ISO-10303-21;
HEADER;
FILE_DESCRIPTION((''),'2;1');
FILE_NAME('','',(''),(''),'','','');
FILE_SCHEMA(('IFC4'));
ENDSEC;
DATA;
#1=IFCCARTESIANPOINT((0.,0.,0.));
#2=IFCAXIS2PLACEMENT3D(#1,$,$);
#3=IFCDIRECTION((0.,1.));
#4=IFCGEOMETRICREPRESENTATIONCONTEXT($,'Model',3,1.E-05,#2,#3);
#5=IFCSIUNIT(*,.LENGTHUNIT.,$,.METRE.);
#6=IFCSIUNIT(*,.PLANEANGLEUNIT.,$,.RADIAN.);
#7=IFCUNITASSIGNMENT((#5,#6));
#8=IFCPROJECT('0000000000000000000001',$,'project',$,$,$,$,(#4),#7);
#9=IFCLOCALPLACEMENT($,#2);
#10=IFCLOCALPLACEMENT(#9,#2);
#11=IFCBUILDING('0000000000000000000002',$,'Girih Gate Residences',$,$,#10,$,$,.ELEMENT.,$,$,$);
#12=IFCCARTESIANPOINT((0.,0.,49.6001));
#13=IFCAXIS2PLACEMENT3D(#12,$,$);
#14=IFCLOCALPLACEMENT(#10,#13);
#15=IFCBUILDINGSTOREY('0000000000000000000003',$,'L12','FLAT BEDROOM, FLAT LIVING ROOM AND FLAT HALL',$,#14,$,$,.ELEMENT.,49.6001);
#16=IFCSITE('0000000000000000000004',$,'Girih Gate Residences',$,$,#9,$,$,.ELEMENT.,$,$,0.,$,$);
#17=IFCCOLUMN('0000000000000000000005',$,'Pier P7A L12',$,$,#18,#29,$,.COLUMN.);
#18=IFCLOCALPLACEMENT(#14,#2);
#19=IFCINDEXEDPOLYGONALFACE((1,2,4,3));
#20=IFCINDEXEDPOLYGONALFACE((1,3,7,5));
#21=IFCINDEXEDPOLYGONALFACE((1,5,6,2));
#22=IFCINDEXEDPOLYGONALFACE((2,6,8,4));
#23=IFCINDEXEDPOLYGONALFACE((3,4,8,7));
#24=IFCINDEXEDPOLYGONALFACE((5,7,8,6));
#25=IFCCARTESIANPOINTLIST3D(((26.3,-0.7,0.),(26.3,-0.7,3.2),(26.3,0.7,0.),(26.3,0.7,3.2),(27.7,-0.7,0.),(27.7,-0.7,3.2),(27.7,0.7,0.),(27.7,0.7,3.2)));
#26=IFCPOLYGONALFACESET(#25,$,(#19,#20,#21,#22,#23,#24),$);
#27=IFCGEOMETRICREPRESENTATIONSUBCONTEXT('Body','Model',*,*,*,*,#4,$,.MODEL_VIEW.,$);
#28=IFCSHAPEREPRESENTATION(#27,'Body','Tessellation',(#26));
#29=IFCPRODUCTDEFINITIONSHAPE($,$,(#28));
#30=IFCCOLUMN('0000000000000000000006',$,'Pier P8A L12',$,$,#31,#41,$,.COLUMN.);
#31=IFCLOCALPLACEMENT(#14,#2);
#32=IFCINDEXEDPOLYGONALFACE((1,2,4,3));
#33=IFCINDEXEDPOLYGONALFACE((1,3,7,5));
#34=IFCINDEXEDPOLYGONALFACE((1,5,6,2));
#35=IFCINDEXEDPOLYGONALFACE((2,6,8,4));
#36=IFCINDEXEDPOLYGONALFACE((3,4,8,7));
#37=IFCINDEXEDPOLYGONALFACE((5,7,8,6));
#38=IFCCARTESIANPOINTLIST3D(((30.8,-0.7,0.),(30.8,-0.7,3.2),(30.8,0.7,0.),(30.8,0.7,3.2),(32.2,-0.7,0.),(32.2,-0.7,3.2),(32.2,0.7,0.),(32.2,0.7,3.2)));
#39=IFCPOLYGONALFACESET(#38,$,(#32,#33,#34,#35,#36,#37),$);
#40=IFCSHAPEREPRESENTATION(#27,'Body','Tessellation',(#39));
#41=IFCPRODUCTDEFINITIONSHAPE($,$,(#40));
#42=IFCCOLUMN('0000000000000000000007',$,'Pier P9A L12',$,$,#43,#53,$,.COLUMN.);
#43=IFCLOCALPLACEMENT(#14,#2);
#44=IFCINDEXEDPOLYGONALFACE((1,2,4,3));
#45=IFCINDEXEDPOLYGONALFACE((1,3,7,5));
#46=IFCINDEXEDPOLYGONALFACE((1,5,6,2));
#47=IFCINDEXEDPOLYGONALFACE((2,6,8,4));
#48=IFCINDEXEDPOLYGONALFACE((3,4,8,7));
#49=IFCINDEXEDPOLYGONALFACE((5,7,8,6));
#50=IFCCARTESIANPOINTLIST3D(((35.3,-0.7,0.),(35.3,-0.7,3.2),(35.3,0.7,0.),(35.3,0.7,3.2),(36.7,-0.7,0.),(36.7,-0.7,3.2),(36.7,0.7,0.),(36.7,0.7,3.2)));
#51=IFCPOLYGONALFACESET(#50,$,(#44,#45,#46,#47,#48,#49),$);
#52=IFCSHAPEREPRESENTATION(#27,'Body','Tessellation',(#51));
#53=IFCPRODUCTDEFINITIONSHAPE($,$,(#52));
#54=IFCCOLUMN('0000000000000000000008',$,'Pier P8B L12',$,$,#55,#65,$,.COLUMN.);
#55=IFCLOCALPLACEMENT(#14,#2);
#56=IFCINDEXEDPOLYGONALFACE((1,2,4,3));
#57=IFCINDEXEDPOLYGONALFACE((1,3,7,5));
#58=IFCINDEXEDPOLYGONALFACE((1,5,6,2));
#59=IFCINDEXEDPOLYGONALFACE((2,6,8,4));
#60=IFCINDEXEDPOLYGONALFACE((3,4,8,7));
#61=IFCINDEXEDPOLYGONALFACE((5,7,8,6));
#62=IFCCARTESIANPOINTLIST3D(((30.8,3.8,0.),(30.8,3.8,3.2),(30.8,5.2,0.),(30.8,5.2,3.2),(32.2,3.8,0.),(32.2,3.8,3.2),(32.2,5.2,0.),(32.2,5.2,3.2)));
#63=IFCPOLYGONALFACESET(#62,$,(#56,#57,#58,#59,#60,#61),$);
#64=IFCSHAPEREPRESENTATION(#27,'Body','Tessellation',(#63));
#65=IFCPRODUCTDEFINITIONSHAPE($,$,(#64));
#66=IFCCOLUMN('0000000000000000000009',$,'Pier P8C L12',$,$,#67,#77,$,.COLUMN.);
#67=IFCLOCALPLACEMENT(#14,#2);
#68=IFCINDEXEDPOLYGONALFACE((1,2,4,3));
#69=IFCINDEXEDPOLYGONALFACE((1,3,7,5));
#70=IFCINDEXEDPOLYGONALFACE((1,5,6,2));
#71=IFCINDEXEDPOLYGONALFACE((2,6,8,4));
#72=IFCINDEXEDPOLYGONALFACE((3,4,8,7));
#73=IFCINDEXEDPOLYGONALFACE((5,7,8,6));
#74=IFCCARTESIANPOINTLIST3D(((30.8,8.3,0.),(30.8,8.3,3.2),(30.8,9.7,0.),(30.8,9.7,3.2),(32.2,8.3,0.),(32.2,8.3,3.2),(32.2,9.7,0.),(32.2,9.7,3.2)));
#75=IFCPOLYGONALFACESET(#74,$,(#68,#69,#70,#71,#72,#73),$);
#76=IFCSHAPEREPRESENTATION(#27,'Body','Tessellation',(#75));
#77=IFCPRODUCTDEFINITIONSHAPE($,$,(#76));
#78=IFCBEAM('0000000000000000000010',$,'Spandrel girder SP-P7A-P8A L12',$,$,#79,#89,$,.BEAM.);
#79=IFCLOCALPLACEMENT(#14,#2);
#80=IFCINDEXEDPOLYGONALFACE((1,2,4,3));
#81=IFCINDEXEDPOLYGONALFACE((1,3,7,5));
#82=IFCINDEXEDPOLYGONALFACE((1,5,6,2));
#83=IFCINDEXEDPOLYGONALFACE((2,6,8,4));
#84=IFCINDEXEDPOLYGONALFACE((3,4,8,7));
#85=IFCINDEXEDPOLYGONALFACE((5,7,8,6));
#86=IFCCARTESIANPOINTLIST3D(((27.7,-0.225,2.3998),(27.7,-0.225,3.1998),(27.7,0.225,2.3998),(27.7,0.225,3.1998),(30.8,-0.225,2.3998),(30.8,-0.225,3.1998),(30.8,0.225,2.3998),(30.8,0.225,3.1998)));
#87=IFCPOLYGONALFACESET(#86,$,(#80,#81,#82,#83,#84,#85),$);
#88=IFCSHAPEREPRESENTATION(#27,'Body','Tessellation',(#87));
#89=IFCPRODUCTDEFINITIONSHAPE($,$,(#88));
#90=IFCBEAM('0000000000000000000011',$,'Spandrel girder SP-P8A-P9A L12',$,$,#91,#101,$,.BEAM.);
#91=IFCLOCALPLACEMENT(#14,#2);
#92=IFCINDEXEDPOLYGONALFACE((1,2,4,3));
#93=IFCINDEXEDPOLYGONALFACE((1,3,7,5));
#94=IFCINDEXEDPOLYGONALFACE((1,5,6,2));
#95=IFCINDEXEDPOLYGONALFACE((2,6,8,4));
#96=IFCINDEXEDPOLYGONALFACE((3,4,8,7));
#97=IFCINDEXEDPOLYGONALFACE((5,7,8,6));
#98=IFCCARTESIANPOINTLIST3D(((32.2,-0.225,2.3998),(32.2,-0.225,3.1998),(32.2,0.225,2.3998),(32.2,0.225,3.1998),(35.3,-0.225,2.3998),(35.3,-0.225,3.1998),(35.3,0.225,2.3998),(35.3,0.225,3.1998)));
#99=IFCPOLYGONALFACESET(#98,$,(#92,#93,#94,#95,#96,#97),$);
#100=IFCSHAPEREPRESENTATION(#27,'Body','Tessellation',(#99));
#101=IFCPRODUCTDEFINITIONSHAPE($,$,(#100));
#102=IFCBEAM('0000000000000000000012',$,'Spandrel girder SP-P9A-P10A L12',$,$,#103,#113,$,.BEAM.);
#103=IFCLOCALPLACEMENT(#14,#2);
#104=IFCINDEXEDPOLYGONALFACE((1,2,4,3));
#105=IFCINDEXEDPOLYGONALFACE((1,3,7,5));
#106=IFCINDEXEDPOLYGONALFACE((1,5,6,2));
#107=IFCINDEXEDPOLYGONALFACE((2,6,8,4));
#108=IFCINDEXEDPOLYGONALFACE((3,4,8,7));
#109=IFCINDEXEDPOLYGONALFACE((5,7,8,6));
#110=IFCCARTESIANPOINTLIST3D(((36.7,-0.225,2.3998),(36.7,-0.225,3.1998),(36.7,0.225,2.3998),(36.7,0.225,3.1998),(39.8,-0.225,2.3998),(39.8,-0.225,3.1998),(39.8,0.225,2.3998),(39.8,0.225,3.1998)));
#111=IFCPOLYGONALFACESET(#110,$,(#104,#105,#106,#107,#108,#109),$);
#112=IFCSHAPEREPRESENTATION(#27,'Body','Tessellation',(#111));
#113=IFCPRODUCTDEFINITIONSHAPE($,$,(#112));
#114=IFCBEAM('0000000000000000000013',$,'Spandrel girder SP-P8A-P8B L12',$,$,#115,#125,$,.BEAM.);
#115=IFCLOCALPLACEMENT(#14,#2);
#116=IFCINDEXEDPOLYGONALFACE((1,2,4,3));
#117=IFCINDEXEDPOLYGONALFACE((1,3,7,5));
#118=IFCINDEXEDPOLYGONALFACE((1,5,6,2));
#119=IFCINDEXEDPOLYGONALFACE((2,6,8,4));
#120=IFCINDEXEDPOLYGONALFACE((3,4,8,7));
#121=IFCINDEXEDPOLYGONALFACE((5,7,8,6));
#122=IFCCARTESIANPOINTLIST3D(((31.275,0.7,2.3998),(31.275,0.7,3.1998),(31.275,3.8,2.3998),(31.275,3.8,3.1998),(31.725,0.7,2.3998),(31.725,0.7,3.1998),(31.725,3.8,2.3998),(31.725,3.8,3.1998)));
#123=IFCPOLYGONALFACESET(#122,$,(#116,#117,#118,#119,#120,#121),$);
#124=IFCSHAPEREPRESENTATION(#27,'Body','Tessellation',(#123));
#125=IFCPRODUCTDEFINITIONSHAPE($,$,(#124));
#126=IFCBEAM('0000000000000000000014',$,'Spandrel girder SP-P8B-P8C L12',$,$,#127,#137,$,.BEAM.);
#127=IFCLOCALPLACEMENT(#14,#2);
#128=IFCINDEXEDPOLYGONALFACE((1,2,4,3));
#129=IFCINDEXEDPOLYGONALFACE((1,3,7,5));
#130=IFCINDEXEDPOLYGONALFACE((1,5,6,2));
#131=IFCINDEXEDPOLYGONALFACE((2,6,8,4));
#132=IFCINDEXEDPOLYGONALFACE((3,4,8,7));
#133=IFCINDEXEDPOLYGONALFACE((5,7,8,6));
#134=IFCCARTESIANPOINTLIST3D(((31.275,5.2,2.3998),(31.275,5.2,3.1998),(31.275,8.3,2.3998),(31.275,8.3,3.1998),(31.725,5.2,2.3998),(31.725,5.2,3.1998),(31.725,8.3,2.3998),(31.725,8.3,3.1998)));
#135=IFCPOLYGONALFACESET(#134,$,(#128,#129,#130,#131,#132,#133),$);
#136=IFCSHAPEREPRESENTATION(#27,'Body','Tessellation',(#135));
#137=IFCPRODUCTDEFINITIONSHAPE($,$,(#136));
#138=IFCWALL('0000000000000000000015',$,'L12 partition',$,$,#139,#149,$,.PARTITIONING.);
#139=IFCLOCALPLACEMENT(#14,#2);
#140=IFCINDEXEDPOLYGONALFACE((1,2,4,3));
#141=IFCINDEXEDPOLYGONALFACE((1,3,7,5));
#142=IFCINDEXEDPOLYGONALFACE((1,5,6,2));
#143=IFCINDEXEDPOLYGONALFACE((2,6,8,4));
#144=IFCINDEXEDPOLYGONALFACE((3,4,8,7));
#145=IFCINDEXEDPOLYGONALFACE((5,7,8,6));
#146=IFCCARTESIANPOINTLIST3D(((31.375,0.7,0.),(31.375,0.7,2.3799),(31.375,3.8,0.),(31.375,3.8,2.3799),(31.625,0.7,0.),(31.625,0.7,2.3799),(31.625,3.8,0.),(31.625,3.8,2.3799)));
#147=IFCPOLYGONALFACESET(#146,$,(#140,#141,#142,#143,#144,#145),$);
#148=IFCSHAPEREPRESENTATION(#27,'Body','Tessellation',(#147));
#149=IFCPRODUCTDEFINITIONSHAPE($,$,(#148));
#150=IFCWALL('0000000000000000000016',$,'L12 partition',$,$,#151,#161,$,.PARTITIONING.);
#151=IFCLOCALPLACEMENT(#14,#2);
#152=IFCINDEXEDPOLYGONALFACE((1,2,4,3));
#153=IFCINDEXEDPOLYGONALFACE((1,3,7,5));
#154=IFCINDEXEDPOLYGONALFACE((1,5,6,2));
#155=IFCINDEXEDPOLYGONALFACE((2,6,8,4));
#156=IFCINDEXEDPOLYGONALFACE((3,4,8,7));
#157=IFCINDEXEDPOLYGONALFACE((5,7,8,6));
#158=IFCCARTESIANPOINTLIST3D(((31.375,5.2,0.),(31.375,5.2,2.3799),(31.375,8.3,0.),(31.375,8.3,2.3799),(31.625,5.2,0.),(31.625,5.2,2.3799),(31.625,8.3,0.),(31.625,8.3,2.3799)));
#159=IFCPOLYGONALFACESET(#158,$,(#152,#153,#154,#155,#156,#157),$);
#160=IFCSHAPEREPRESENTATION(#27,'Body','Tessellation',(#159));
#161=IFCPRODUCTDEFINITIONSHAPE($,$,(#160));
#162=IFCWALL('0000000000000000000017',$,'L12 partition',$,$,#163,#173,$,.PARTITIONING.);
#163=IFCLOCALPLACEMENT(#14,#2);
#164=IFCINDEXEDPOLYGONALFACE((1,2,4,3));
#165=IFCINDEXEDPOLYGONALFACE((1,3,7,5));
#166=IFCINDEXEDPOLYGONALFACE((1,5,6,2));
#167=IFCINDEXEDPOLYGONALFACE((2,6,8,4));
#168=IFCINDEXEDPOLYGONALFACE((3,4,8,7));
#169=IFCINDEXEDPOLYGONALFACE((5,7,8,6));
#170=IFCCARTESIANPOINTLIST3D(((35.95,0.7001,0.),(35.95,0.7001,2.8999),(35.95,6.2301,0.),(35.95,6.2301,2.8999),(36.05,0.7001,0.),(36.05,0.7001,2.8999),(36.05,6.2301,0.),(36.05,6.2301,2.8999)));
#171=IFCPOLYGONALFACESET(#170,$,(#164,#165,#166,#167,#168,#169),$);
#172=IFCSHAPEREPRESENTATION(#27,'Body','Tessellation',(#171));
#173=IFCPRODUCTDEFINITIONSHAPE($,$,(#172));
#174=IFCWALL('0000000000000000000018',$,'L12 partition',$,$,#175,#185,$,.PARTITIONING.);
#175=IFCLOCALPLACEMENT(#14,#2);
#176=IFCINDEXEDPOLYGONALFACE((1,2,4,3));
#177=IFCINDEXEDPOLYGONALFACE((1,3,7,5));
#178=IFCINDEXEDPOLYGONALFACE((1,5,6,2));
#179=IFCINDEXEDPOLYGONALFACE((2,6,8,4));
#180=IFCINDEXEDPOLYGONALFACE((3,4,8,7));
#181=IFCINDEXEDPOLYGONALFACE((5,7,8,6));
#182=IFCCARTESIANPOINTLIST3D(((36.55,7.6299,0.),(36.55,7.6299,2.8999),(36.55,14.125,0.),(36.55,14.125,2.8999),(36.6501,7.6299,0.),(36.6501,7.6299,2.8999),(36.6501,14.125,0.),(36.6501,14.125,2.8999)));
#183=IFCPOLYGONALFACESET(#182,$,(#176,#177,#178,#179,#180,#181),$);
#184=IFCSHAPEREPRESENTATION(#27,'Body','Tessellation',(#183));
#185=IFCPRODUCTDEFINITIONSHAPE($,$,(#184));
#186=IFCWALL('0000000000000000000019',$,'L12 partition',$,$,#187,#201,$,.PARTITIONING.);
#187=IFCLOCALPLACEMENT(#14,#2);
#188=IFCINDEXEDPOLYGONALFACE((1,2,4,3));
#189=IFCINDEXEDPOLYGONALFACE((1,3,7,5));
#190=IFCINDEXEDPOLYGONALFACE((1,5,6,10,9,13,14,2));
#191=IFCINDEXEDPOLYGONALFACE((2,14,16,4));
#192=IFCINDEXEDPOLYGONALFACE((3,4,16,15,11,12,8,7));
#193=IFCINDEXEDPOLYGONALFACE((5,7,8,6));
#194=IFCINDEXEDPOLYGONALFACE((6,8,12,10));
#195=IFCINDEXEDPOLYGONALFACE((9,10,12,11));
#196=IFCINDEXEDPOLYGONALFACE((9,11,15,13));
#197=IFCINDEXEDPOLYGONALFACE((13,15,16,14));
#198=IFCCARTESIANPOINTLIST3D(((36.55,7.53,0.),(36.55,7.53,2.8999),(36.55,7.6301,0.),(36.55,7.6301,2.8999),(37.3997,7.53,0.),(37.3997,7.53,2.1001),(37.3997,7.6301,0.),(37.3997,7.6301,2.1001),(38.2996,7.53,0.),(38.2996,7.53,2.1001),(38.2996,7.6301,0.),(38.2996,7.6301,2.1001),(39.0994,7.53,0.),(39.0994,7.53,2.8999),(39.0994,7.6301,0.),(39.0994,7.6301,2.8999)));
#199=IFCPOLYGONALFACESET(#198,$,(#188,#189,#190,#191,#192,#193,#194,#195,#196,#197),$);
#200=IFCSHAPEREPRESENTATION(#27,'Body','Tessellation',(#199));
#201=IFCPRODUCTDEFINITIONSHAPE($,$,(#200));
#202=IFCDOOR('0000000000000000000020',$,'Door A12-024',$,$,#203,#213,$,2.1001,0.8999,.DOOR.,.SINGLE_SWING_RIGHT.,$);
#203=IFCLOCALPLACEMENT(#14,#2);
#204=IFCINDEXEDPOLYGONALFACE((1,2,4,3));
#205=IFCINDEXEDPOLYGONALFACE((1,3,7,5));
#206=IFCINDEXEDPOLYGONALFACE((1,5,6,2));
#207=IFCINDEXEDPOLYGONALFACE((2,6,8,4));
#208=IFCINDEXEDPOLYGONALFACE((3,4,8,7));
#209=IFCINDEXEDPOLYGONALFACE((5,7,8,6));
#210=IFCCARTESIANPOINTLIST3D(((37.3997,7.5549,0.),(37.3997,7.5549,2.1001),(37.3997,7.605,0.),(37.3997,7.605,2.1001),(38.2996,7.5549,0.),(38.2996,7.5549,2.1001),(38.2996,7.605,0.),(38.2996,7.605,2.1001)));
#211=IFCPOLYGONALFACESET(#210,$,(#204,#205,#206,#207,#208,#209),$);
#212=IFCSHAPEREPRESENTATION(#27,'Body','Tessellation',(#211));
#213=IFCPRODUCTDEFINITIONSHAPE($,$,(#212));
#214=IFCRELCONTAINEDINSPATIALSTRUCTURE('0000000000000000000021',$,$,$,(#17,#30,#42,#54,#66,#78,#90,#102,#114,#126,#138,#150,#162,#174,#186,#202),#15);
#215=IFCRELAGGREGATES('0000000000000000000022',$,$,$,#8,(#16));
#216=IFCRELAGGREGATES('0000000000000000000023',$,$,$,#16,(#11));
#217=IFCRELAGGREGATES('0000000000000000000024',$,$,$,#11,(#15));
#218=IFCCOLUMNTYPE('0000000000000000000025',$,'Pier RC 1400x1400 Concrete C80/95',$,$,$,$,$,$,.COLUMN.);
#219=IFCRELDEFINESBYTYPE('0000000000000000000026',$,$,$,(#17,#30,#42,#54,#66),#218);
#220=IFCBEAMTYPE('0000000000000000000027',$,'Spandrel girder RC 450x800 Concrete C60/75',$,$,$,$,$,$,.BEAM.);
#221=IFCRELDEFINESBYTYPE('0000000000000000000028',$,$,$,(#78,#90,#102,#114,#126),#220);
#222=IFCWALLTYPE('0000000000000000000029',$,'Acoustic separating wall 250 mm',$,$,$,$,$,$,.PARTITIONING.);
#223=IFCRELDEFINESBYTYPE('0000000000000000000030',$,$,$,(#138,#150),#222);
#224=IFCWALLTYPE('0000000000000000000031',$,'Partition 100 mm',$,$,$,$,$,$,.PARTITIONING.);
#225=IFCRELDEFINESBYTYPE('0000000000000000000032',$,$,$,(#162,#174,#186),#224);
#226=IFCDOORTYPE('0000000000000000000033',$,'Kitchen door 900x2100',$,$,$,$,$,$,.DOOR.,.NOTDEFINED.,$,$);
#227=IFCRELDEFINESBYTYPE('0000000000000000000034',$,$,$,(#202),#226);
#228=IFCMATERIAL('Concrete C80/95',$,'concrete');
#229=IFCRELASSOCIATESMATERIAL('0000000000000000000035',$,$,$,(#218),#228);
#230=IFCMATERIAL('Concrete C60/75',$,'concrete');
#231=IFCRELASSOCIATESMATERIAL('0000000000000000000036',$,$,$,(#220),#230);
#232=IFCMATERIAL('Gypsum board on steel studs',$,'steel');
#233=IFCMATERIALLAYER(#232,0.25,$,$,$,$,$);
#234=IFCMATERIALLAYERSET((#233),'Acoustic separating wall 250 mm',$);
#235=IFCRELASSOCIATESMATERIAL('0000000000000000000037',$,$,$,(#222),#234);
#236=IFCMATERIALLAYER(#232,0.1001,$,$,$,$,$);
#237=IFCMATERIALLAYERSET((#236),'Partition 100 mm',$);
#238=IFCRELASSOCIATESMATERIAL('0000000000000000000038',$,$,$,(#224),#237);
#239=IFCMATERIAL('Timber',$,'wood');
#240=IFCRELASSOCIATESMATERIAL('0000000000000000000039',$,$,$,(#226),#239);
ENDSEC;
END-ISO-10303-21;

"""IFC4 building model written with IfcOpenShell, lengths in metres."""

from ifc_helpers import new_model, si_unit, direction, frame, frame_2d, origin, origin_2d, place, context, subcontext, project, spatial, rectangle, extrude, material, layer, layer_set, material_profile, profile_set, type_object, element, fill, save


model = new_model("IFC4")

# Units and contexts
model_context = context("Model", 3, precision=1e-05, world=origin(), true_north=direction((0.0, 1.0)))
body_context = subcontext(model_context, "Body", "Model", "MODEL_VIEW")
ifc_project = project(units=[si_unit("LENGTHUNIT", "METRE"), si_unit("PLANEANGLEUNIT", "RADIAN")], contexts=[model_context])

# Site, building, storey
site_placement = place(None, origin())
site = spatial("IfcSite", under=ifc_project, at=site_placement, Name="Girih Gate Residences", CompositionType="ELEMENT", RefElevation=0.0)
building_placement = place(site_placement, origin())
building = spatial("IfcBuilding", under=site, at=building_placement, Name="Girih Gate Residences", CompositionType="ELEMENT")
storey_placement = place(building_placement, frame((0.0, 0.0, 49.6001)))
storey = spatial("IfcBuildingStorey", under=building, at=storey_placement, Name="L12", Description="FLAT BEDROOM, FLAT LIVING ROOM AND FLAT HALL", CompositionType="ELEMENT", Elevation=49.6001)

# Columns
ifc_material_1 = material(Name="Concrete C80/95", Category="concrete")
ifc_material_profile_1 = material_profile(ifc_material_1, rectangle(XDim=1.3999, YDim=1.3999, at=origin_2d()))
ifc_profile_set_1 = profile_set([ifc_material_profile_1], Name="Concrete C80/95")
column_type = type_object("IfcColumnType", Name="Pier RC 1400x1400 Concrete C80/95", PredefinedType="COLUMN", material=ifc_profile_set_1)
for number, where, z_axis, x_axis, name in (
    (1, (27.0, 0.0, 0.0), (0.0, 0.0, 1.0), (1.0, 0.0, 0.0), "Pier P7A L12"),
    (2, (31.5, 0.0, 0.0), (0.0, 0.0, 1.0), (1.0, 0.0, 0.0), "Pier P8A L12"),
    (3, (36.0, 0.0, 0.0), (0.0, 0.0, 1.0), (1.0, 0.0, 0.0), "Pier P9A L12"),
    (4, (31.5, 4.5, 0.0), (0.0, 0.0, 1.0), (1.0, 0.0, 0.0), "Pier P8B L12"),
    (5, (31.5, 9.0, 0.0), (0.0, 0.0, 1.0), (1.0, 0.0, 0.0), "Pier P8C L12"),
):
    element("IfcColumn", number, at=place(storey_placement, frame(where, z_axis=z_axis, x_axis=x_axis)), inside=storey, type_object=column_type, Name=name, PredefinedType="COLUMN", context=body_context, shape_type="SweptSolid", body=[
        extrude(rectangle(XDim=1.3999, YDim=1.3999, at=origin_2d()), origin(), (0.0, 0.0, 1.0), 3.2),
    ])

# Beams
ifc_material_2 = material(Name="Concrete C60/75", Category="concrete")
ifc_material_profile_2 = material_profile(ifc_material_2, rectangle(XDim=0.45, YDim=0.8, at=origin_2d()))
ifc_profile_set_2 = profile_set([ifc_material_profile_2], Name="Concrete C60/75")
beam_type = type_object("IfcBeamType", Name="Spandrel girder RC 450x800 Concrete C60/75", PredefinedType="BEAM", material=ifc_profile_set_2)
for number, where, z_axis, x_axis, name in (
    (6, (27.7, 0.0, 2.7998), (1.0, 0.0, 0.0), (0.0, 1.0, 0.0), "Spandrel girder SP-P7A-P8A L12"),
    (7, (32.2, 0.0, 2.7998), (1.0, 0.0, 0.0), (0.0, 1.0, 0.0), "Spandrel girder SP-P8A-P9A L12"),
    (8, (36.7, 0.0, 2.7998), (1.0, 0.0, 0.0), (0.0, 1.0, 0.0), "Spandrel girder SP-P9A-P10A L12"),
    (9, (31.5, 0.7, 2.7998), (0.0, 1.0, 0.0), (-1.0, 0.0, 0.0), "Spandrel girder SP-P8A-P8B L12"),
    (10, (31.5, 5.2, 2.7998), (0.0, 1.0, 0.0), (-1.0, 0.0, 0.0), "Spandrel girder SP-P8B-P8C L12"),
):
    element("IfcBeam", number, at=place(storey_placement, frame(where, z_axis=z_axis, x_axis=x_axis)), inside=storey, type_object=beam_type, Name=name, PredefinedType="BEAM", context=body_context, shape_type="SweptSolid", body=[
        extrude(rectangle(XDim=0.45, YDim=0.8, at=origin_2d()), origin(), (0.0, 0.0, 1.0), 3.1001),
    ])

# Walls
ifc_material_3 = material(Name="Gypsum board on steel studs", Category="steel")
ifc_layer_1 = layer(ifc_material_3, 0.25)
ifc_layer_set_1 = layer_set([ifc_layer_1], Name="Acoustic separating wall 250 mm")
wall_type_1 = type_object("IfcWallType", Name="Acoustic separating wall 250 mm", PredefinedType="PARTITIONING", material=ifc_layer_set_1)
for number, where, z_axis, x_axis, name in (
    (11, (31.5, 0.7, 0.0), (0.0, 0.0, 1.0), (0.0, 1.0, 0.0), "L12 partition"),
    (12, (31.5, 5.2, 0.0), (0.0, 0.0, 1.0), (0.0, 1.0, 0.0), "L12 partition"),
):
    element("IfcWall", number, at=place(storey_placement, frame(where, z_axis=z_axis, x_axis=x_axis)), inside=storey, type_object=wall_type_1, Name=name, PredefinedType="PARTITIONING", context=body_context, shape_type="SweptSolid", body=[
        extrude(rectangle(XDim=3.1001, YDim=0.25, at=frame_2d((1.55, 0.0))), origin(), (0.0, 0.0, 1.0), 2.3799),
    ])
ifc_layer_2 = layer(ifc_material_3, 0.1001)
ifc_layer_set_2 = layer_set([ifc_layer_2], Name="Partition 100 mm")
wall_type_2 = type_object("IfcWallType", Name="Partition 100 mm", PredefinedType="PARTITIONING", material=ifc_layer_set_2)
wall_1_placement = place(storey_placement, frame((36.0, 0.7, 0.0), z_axis=(0.0, 0.0, 1.0), x_axis=(0.0, 1.0, 0.0)))
element("IfcWall", 13, at=wall_1_placement, inside=storey, type_object=wall_type_2, Name="L12 partition", PredefinedType="PARTITIONING", context=body_context, shape_type="SweptSolid", body=[
    extrude(rectangle(XDim=5.53, YDim=0.1001, at=frame_2d((2.7651, 0.0))), origin(), (0.0, 0.0, 1.0), 2.8999),
])
wall_2_placement = place(storey_placement, frame((36.6001, 7.6299, 0.0), z_axis=(0.0, 0.0, 1.0), x_axis=(0.0, 1.0, 0.0)))
element("IfcWall", 14, at=wall_2_placement, inside=storey, type_object=wall_type_2, Name="L12 partition", PredefinedType="PARTITIONING", context=body_context, shape_type="SweptSolid", body=[
    extrude(rectangle(XDim=6.4951, YDim=0.1001, at=frame_2d((3.2476, 0.0))), origin(), (0.0, 0.0, 1.0), 2.8999),
])

# Wall, opening, door
wall_3_placement = place(storey_placement, frame((36.55, 7.5801, 0.0), z_axis=(0.0, 0.0, 1.0), x_axis=(1.0, 0.0, 0.0)))
wall_3 = element("IfcWall", 15, at=wall_3_placement, inside=storey, type_object=wall_type_2, Name="L12 partition", PredefinedType="PARTITIONING", context=body_context, shape_type="SweptSolid", body=[
    extrude(rectangle(XDim=2.5493, YDim=0.1001, at=frame_2d((1.2747, 0.0))), origin(), (0.0, 0.0, 1.0), 2.8999),
])
opening_1_placement = place(wall_3_placement, frame((0.8496, 0.0, 0.0)))
opening_1 = element("IfcOpeningElement", 16, at=opening_1_placement, cuts=wall_3, PredefinedType="OPENING", context=body_context, shape_type="SweptSolid", body=[
    extrude(rectangle(XDim=0.8999, YDim=2.1001, at=frame_2d((0.45, 1.05))), frame((0.0, 0.0601, 0.0), z_axis=(0.0, -1.0, 0.0), x_axis=(1.0, 0.0, 0.0)), (0.0, 0.0, 1.0), 0.1201),
])
ifc_material_4 = material(Name="Timber", Category="wood")
door_type_1 = type_object("IfcDoorType", Name="Kitchen door 900x2100", OperationType="NOTDEFINED", PredefinedType="DOOR", material=ifc_material_4)
door_1_placement = place(opening_1_placement, origin())
door_1 = element("IfcDoor", 17, at=door_1_placement, inside=storey, type_object=door_type_1, Name="Door A12-024", OperationType="SINGLE_SWING_RIGHT", OverallHeight=2.1001, OverallWidth=0.8999, PredefinedType="DOOR", context=body_context, shape_type="SweptSolid", body=[
    extrude(rectangle(XDim=0.8999, YDim=2.1001, at=frame_2d((0.45, 1.05))), frame((0.0, 0.0249, 0.0), z_axis=(0.0, -1.0, 0.0), x_axis=(1.0, 0.0, 0.0)), (0.0, 0.0, 1.0), 0.05),
])
fill(opening_1, door_1)

save(model, "model.ifc")
